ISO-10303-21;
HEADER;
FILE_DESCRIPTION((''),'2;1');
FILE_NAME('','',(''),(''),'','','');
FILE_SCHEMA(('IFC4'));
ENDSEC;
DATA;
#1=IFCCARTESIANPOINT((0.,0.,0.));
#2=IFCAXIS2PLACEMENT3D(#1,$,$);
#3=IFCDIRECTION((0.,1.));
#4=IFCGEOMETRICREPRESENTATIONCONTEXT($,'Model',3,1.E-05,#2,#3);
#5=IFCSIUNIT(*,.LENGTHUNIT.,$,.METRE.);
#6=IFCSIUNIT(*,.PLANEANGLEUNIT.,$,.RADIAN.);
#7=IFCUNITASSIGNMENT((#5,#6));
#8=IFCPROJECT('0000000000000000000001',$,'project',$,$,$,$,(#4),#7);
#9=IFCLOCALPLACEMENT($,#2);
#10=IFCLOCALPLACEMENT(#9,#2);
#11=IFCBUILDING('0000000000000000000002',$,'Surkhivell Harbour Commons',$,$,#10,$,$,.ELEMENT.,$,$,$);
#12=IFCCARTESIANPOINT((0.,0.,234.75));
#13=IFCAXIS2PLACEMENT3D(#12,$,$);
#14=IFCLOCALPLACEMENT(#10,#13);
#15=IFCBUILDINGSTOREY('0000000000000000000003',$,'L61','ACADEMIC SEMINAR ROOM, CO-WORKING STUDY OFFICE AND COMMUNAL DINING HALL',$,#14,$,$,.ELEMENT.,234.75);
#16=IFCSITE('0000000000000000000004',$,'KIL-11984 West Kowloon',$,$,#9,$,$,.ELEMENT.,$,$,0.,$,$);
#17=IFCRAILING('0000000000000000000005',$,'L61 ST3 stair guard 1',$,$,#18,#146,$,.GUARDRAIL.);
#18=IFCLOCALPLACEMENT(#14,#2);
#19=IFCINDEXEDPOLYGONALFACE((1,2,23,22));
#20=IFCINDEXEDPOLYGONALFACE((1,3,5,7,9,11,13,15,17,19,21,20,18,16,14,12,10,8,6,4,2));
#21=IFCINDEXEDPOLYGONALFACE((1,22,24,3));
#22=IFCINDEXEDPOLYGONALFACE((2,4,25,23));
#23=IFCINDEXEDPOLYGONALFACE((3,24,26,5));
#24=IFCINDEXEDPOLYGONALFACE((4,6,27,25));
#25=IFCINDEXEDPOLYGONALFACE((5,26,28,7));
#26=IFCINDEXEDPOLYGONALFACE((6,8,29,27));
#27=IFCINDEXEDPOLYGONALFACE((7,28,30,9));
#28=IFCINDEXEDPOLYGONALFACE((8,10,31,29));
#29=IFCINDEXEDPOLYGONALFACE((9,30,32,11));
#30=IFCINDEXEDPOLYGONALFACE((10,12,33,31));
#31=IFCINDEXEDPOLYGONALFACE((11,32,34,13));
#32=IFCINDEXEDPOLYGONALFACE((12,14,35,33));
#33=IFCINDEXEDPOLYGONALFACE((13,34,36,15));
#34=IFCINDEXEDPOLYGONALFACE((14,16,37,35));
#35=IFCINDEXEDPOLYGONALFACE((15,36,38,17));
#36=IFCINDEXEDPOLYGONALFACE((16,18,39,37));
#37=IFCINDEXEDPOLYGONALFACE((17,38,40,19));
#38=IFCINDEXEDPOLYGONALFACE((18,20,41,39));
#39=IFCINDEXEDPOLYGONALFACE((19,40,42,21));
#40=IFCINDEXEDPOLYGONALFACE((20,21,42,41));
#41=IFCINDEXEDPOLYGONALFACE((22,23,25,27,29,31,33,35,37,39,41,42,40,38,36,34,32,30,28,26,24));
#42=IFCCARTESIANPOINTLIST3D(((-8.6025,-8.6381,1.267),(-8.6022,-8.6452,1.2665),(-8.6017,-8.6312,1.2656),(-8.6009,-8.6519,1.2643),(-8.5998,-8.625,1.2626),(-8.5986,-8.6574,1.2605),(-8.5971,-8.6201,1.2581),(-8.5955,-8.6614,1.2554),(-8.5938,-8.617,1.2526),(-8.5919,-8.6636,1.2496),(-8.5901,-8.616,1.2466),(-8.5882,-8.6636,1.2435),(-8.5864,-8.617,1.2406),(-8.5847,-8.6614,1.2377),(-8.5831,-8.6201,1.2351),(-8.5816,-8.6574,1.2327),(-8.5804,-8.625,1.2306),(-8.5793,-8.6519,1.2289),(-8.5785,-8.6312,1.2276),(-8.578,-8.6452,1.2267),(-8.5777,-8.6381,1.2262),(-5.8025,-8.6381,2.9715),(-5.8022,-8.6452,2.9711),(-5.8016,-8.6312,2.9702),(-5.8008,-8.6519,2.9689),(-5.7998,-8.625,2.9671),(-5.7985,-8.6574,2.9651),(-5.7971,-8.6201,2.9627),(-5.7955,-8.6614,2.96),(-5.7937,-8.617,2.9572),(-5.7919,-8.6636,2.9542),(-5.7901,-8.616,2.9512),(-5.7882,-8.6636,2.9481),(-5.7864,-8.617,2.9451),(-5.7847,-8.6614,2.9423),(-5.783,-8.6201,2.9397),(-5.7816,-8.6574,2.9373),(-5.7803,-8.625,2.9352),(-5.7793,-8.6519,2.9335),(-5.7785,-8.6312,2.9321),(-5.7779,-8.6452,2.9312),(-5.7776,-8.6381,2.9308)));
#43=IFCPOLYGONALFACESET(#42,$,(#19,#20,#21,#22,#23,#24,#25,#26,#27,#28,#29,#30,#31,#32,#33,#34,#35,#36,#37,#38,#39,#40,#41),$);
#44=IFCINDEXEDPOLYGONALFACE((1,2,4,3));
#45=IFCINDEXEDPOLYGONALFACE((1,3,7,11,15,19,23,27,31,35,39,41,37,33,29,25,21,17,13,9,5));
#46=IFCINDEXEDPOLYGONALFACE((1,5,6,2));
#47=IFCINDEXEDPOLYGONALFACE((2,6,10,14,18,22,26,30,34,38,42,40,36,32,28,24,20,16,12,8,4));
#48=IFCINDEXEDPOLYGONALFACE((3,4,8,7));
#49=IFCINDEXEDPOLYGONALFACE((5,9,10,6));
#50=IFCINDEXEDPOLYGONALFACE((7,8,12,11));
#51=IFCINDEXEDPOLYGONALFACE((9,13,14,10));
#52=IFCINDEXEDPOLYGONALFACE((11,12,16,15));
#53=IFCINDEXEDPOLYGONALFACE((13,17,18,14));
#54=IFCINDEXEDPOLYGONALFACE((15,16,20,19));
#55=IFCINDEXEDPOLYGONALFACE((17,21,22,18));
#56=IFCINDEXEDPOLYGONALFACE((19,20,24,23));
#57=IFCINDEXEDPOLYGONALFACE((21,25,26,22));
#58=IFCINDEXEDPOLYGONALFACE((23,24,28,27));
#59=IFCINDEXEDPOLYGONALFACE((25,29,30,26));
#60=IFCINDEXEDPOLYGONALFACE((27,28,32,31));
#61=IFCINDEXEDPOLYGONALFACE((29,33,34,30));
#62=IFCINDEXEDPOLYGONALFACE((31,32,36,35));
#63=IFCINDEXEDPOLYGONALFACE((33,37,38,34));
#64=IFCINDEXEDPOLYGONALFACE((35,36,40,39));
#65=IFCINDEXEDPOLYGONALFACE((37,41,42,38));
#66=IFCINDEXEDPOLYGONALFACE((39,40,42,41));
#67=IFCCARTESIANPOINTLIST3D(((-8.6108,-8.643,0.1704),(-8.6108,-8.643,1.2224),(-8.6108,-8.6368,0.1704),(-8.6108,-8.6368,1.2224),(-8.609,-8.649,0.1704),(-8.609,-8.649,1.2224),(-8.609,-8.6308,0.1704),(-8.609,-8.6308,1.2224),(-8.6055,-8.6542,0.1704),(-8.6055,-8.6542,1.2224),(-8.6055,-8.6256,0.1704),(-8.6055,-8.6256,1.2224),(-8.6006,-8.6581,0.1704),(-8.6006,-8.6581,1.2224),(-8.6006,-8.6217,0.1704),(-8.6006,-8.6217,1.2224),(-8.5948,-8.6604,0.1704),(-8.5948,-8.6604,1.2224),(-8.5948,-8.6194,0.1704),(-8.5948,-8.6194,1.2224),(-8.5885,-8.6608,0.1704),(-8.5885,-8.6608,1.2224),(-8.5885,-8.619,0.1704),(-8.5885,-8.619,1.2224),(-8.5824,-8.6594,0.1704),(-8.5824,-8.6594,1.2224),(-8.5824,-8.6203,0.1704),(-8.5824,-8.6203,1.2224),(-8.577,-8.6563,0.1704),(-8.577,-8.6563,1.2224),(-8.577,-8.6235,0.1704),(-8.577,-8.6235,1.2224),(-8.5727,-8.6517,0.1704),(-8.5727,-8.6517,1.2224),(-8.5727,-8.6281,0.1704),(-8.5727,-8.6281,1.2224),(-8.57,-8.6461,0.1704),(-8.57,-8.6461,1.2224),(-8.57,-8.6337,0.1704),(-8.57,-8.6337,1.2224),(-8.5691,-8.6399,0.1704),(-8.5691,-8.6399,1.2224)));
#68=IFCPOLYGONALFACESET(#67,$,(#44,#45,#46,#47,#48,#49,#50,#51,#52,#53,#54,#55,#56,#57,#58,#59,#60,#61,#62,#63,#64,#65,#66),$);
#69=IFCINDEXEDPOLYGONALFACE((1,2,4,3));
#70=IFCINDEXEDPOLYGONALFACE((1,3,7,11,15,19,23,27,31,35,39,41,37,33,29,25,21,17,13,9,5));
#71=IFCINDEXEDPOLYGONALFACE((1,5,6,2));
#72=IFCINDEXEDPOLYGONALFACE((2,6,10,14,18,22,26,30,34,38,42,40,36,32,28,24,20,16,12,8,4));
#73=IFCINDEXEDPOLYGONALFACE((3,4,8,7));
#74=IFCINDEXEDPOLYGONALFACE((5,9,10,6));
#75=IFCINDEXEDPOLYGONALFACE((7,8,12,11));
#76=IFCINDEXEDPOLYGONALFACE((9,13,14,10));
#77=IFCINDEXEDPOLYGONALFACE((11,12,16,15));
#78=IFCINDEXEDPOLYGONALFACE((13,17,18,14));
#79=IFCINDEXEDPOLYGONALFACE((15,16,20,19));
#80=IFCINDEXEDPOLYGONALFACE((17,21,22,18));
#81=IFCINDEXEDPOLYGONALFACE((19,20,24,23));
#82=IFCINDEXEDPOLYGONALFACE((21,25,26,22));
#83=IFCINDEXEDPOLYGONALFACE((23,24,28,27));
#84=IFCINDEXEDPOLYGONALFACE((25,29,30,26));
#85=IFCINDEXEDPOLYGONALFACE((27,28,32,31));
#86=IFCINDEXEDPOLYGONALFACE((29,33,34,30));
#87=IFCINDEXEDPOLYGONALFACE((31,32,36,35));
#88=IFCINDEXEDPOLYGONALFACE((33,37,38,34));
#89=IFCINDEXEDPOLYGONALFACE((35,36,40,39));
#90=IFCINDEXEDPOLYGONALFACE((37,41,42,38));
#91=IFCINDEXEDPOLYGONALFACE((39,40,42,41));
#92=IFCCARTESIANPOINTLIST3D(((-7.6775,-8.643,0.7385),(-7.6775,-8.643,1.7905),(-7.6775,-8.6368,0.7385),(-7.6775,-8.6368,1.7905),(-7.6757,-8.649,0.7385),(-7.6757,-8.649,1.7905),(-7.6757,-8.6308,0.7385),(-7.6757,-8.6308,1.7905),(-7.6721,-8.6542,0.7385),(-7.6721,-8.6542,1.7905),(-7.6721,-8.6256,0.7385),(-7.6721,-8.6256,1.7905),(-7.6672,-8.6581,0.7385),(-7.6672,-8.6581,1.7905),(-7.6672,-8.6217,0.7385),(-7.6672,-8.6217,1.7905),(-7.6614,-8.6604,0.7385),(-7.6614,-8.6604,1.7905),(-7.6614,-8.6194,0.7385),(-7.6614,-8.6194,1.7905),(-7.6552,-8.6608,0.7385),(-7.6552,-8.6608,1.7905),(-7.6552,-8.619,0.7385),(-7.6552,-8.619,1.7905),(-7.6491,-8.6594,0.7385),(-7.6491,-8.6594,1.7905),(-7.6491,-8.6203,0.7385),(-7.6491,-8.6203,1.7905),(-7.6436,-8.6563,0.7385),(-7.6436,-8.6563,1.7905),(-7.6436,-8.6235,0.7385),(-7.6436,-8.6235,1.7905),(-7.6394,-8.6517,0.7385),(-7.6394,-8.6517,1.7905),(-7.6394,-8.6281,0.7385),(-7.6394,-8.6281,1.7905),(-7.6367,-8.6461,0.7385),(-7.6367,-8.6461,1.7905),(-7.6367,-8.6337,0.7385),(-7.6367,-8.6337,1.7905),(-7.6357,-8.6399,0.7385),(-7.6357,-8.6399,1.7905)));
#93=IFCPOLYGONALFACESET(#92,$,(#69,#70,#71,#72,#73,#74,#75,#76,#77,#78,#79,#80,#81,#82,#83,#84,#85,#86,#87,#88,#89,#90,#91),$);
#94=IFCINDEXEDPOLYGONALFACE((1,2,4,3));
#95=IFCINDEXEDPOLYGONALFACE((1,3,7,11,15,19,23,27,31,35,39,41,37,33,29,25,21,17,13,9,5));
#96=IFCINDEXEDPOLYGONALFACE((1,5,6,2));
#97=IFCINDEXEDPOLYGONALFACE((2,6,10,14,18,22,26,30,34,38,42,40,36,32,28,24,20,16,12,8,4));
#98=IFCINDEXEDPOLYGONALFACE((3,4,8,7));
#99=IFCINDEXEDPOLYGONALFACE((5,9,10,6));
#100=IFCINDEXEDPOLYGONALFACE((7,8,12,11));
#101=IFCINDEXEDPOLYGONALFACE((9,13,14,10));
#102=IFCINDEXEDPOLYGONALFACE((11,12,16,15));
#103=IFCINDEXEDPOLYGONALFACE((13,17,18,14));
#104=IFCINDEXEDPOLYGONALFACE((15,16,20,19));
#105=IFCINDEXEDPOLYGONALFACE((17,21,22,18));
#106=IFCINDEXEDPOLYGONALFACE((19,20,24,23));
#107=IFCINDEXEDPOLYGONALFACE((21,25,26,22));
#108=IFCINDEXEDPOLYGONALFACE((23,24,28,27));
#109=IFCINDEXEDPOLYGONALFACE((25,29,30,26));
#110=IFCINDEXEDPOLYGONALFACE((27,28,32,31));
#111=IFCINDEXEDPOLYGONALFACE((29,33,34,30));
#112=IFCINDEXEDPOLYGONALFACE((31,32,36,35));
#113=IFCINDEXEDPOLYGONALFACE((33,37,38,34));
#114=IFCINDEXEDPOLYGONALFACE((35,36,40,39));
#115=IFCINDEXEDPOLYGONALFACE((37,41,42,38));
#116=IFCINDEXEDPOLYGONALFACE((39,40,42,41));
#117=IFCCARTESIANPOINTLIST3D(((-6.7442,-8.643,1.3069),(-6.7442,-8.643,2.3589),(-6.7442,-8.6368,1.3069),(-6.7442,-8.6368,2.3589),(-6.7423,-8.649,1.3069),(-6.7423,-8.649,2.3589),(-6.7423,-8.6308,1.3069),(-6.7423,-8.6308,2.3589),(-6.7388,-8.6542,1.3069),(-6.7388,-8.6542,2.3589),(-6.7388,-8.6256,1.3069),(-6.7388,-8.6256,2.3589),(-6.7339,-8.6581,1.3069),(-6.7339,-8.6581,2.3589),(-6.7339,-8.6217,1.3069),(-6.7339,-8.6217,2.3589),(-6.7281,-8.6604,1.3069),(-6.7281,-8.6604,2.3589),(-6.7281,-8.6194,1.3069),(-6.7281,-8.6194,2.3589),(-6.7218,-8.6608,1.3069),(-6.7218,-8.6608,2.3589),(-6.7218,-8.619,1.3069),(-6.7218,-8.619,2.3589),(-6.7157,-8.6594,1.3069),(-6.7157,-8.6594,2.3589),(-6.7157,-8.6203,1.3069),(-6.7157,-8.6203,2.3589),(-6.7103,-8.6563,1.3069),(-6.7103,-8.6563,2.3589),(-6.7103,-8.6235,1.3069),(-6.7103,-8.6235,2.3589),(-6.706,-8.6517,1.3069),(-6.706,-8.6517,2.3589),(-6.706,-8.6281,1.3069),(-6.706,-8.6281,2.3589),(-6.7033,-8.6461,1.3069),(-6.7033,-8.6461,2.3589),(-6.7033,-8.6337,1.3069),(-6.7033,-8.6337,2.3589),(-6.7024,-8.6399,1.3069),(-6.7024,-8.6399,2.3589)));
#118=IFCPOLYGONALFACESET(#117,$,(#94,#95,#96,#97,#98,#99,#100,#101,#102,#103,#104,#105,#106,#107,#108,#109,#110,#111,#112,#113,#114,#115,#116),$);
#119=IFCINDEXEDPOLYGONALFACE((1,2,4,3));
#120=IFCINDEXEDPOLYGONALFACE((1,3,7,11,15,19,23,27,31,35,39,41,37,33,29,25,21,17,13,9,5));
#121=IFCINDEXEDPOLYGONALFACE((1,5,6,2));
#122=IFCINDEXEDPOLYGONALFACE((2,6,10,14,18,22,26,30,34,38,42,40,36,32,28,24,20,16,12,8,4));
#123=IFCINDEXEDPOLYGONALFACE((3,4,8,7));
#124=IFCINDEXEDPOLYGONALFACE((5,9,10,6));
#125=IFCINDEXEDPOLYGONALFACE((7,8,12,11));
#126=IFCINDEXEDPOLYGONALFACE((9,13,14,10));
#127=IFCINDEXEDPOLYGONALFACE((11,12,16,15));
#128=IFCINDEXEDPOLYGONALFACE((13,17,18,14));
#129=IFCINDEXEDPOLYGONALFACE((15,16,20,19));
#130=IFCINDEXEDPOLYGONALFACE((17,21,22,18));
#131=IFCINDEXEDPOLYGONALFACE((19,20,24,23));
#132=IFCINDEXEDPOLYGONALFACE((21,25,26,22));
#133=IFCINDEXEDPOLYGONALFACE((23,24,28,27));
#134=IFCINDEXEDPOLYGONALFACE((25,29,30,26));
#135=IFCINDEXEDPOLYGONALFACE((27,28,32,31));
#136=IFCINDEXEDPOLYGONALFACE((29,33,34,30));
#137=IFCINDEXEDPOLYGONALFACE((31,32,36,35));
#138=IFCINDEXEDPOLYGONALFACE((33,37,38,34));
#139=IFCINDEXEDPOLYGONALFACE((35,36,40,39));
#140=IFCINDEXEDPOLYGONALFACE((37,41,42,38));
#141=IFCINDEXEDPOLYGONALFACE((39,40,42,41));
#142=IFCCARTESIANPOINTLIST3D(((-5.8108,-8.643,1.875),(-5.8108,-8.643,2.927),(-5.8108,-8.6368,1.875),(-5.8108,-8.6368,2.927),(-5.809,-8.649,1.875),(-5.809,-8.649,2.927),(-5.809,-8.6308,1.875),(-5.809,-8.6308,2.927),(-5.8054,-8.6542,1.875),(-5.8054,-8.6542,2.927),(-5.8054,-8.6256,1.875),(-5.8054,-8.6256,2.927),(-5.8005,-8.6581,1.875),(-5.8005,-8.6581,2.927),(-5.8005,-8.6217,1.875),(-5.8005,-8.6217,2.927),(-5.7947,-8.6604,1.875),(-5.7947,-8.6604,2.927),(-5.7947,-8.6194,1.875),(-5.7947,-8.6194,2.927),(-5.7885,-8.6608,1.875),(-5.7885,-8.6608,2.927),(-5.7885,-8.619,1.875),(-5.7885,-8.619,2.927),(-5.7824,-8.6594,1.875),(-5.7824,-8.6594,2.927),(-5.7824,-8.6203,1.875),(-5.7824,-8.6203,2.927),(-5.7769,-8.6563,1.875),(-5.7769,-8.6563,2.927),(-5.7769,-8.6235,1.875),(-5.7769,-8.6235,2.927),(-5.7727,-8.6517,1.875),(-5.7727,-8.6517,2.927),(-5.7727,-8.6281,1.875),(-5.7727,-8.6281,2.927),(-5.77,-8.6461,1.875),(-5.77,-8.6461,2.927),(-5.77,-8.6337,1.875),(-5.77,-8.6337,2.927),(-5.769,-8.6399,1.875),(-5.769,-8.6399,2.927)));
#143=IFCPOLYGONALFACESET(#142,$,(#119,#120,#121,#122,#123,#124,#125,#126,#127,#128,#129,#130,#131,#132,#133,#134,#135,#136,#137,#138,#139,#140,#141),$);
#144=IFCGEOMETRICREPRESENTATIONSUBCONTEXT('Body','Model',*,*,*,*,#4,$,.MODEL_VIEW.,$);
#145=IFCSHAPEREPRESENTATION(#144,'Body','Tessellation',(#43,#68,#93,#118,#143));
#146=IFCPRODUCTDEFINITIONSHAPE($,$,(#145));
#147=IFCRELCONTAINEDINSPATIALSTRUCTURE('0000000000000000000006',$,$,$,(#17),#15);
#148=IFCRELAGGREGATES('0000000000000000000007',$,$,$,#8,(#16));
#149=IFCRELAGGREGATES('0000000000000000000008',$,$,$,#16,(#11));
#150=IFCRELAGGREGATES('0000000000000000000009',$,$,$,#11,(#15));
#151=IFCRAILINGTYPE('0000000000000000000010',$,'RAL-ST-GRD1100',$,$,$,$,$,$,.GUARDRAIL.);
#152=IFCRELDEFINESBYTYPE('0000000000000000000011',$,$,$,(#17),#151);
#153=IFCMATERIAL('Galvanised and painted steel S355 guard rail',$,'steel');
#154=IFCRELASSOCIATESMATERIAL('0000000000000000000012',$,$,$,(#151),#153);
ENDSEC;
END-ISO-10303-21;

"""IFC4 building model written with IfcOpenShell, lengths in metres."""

from ifc_helpers import new_model, si_unit, direction, frame, origin, origin_2d, place, context, subcontext, project, spatial, circle, extrude, material, type_object, element, save


model = new_model("IFC4")

# Units and contexts
model_context = context("Model", 3, precision=1e-05, world=origin(), true_north=direction((0.0, 1.0)))
body_context = subcontext(model_context, "Body", "Model", "MODEL_VIEW")
ifc_project = project(units=[si_unit("LENGTHUNIT", "METRE"), si_unit("PLANEANGLEUNIT", "RADIAN")], contexts=[model_context])

# Site, building, storey
site_placement = place(None, origin())
site = spatial("IfcSite", under=ifc_project, at=site_placement, Name="KIL-11984 West Kowloon", CompositionType="ELEMENT", RefElevation=0.0)
building_placement = place(site_placement, origin())
building = spatial("IfcBuilding", under=site, at=building_placement, Name="Surkhivell Harbour Commons", CompositionType="ELEMENT")
storey_placement = place(building_placement, frame((0.0, 0.0, 234.75)))
storey = spatial("IfcBuildingStorey", under=building, at=storey_placement, Name="L61", Description="ACADEMIC SEMINAR ROOM, CO-WORKING STUDY OFFICE AND COMMUNAL DINING HALL", CompositionType="ELEMENT", Elevation=234.75)

# Railing
ifc_material_1 = material(Name="Galvanised and painted steel S355 guard rail", Category="steel")
railing_type_1 = type_object("IfcRailingType", Name="RAL-ST-GRD1100", PredefinedType="GUARDRAIL", material=ifc_material_1)
railing_1_placement = place(storey_placement, frame((-8.5901, -8.6399, 0.1704)))
element("IfcRailing", 1, at=railing_1_placement, inside=storey, type_object=railing_type_1, Name="L61 ST3 stair guard 1", PredefinedType="GUARDRAIL", context=body_context, shape_type="SweptSolid", body=[
    extrude(circle(Radius=0.0239, at=origin_2d()), frame((0.0, 0.0, 1.0762), z_axis=(0.85417, 0.0, 0.519994), x_axis=(0.0, 1.0, 0.0)), (0.0, 0.0, 1.0), 3.2781),
    extrude(circle(Radius=0.021, at=origin_2d()), origin(), (0.0, 0.0, 1.0), 1.052),
    extrude(circle(Radius=0.021, at=origin_2d()), frame((0.9333, 0.0, 0.5681)), (0.0, 0.0, 1.0), 1.052),
    extrude(circle(Radius=0.021, at=origin_2d()), frame((1.8667, 0.0, 1.1365)), (0.0, 0.0, 1.0), 1.052),
    extrude(circle(Radius=0.021, at=origin_2d()), frame((2.8, 0.0, 1.7046)), (0.0, 0.0, 1.0), 1.052),
])

save(model, "model.ifc")
